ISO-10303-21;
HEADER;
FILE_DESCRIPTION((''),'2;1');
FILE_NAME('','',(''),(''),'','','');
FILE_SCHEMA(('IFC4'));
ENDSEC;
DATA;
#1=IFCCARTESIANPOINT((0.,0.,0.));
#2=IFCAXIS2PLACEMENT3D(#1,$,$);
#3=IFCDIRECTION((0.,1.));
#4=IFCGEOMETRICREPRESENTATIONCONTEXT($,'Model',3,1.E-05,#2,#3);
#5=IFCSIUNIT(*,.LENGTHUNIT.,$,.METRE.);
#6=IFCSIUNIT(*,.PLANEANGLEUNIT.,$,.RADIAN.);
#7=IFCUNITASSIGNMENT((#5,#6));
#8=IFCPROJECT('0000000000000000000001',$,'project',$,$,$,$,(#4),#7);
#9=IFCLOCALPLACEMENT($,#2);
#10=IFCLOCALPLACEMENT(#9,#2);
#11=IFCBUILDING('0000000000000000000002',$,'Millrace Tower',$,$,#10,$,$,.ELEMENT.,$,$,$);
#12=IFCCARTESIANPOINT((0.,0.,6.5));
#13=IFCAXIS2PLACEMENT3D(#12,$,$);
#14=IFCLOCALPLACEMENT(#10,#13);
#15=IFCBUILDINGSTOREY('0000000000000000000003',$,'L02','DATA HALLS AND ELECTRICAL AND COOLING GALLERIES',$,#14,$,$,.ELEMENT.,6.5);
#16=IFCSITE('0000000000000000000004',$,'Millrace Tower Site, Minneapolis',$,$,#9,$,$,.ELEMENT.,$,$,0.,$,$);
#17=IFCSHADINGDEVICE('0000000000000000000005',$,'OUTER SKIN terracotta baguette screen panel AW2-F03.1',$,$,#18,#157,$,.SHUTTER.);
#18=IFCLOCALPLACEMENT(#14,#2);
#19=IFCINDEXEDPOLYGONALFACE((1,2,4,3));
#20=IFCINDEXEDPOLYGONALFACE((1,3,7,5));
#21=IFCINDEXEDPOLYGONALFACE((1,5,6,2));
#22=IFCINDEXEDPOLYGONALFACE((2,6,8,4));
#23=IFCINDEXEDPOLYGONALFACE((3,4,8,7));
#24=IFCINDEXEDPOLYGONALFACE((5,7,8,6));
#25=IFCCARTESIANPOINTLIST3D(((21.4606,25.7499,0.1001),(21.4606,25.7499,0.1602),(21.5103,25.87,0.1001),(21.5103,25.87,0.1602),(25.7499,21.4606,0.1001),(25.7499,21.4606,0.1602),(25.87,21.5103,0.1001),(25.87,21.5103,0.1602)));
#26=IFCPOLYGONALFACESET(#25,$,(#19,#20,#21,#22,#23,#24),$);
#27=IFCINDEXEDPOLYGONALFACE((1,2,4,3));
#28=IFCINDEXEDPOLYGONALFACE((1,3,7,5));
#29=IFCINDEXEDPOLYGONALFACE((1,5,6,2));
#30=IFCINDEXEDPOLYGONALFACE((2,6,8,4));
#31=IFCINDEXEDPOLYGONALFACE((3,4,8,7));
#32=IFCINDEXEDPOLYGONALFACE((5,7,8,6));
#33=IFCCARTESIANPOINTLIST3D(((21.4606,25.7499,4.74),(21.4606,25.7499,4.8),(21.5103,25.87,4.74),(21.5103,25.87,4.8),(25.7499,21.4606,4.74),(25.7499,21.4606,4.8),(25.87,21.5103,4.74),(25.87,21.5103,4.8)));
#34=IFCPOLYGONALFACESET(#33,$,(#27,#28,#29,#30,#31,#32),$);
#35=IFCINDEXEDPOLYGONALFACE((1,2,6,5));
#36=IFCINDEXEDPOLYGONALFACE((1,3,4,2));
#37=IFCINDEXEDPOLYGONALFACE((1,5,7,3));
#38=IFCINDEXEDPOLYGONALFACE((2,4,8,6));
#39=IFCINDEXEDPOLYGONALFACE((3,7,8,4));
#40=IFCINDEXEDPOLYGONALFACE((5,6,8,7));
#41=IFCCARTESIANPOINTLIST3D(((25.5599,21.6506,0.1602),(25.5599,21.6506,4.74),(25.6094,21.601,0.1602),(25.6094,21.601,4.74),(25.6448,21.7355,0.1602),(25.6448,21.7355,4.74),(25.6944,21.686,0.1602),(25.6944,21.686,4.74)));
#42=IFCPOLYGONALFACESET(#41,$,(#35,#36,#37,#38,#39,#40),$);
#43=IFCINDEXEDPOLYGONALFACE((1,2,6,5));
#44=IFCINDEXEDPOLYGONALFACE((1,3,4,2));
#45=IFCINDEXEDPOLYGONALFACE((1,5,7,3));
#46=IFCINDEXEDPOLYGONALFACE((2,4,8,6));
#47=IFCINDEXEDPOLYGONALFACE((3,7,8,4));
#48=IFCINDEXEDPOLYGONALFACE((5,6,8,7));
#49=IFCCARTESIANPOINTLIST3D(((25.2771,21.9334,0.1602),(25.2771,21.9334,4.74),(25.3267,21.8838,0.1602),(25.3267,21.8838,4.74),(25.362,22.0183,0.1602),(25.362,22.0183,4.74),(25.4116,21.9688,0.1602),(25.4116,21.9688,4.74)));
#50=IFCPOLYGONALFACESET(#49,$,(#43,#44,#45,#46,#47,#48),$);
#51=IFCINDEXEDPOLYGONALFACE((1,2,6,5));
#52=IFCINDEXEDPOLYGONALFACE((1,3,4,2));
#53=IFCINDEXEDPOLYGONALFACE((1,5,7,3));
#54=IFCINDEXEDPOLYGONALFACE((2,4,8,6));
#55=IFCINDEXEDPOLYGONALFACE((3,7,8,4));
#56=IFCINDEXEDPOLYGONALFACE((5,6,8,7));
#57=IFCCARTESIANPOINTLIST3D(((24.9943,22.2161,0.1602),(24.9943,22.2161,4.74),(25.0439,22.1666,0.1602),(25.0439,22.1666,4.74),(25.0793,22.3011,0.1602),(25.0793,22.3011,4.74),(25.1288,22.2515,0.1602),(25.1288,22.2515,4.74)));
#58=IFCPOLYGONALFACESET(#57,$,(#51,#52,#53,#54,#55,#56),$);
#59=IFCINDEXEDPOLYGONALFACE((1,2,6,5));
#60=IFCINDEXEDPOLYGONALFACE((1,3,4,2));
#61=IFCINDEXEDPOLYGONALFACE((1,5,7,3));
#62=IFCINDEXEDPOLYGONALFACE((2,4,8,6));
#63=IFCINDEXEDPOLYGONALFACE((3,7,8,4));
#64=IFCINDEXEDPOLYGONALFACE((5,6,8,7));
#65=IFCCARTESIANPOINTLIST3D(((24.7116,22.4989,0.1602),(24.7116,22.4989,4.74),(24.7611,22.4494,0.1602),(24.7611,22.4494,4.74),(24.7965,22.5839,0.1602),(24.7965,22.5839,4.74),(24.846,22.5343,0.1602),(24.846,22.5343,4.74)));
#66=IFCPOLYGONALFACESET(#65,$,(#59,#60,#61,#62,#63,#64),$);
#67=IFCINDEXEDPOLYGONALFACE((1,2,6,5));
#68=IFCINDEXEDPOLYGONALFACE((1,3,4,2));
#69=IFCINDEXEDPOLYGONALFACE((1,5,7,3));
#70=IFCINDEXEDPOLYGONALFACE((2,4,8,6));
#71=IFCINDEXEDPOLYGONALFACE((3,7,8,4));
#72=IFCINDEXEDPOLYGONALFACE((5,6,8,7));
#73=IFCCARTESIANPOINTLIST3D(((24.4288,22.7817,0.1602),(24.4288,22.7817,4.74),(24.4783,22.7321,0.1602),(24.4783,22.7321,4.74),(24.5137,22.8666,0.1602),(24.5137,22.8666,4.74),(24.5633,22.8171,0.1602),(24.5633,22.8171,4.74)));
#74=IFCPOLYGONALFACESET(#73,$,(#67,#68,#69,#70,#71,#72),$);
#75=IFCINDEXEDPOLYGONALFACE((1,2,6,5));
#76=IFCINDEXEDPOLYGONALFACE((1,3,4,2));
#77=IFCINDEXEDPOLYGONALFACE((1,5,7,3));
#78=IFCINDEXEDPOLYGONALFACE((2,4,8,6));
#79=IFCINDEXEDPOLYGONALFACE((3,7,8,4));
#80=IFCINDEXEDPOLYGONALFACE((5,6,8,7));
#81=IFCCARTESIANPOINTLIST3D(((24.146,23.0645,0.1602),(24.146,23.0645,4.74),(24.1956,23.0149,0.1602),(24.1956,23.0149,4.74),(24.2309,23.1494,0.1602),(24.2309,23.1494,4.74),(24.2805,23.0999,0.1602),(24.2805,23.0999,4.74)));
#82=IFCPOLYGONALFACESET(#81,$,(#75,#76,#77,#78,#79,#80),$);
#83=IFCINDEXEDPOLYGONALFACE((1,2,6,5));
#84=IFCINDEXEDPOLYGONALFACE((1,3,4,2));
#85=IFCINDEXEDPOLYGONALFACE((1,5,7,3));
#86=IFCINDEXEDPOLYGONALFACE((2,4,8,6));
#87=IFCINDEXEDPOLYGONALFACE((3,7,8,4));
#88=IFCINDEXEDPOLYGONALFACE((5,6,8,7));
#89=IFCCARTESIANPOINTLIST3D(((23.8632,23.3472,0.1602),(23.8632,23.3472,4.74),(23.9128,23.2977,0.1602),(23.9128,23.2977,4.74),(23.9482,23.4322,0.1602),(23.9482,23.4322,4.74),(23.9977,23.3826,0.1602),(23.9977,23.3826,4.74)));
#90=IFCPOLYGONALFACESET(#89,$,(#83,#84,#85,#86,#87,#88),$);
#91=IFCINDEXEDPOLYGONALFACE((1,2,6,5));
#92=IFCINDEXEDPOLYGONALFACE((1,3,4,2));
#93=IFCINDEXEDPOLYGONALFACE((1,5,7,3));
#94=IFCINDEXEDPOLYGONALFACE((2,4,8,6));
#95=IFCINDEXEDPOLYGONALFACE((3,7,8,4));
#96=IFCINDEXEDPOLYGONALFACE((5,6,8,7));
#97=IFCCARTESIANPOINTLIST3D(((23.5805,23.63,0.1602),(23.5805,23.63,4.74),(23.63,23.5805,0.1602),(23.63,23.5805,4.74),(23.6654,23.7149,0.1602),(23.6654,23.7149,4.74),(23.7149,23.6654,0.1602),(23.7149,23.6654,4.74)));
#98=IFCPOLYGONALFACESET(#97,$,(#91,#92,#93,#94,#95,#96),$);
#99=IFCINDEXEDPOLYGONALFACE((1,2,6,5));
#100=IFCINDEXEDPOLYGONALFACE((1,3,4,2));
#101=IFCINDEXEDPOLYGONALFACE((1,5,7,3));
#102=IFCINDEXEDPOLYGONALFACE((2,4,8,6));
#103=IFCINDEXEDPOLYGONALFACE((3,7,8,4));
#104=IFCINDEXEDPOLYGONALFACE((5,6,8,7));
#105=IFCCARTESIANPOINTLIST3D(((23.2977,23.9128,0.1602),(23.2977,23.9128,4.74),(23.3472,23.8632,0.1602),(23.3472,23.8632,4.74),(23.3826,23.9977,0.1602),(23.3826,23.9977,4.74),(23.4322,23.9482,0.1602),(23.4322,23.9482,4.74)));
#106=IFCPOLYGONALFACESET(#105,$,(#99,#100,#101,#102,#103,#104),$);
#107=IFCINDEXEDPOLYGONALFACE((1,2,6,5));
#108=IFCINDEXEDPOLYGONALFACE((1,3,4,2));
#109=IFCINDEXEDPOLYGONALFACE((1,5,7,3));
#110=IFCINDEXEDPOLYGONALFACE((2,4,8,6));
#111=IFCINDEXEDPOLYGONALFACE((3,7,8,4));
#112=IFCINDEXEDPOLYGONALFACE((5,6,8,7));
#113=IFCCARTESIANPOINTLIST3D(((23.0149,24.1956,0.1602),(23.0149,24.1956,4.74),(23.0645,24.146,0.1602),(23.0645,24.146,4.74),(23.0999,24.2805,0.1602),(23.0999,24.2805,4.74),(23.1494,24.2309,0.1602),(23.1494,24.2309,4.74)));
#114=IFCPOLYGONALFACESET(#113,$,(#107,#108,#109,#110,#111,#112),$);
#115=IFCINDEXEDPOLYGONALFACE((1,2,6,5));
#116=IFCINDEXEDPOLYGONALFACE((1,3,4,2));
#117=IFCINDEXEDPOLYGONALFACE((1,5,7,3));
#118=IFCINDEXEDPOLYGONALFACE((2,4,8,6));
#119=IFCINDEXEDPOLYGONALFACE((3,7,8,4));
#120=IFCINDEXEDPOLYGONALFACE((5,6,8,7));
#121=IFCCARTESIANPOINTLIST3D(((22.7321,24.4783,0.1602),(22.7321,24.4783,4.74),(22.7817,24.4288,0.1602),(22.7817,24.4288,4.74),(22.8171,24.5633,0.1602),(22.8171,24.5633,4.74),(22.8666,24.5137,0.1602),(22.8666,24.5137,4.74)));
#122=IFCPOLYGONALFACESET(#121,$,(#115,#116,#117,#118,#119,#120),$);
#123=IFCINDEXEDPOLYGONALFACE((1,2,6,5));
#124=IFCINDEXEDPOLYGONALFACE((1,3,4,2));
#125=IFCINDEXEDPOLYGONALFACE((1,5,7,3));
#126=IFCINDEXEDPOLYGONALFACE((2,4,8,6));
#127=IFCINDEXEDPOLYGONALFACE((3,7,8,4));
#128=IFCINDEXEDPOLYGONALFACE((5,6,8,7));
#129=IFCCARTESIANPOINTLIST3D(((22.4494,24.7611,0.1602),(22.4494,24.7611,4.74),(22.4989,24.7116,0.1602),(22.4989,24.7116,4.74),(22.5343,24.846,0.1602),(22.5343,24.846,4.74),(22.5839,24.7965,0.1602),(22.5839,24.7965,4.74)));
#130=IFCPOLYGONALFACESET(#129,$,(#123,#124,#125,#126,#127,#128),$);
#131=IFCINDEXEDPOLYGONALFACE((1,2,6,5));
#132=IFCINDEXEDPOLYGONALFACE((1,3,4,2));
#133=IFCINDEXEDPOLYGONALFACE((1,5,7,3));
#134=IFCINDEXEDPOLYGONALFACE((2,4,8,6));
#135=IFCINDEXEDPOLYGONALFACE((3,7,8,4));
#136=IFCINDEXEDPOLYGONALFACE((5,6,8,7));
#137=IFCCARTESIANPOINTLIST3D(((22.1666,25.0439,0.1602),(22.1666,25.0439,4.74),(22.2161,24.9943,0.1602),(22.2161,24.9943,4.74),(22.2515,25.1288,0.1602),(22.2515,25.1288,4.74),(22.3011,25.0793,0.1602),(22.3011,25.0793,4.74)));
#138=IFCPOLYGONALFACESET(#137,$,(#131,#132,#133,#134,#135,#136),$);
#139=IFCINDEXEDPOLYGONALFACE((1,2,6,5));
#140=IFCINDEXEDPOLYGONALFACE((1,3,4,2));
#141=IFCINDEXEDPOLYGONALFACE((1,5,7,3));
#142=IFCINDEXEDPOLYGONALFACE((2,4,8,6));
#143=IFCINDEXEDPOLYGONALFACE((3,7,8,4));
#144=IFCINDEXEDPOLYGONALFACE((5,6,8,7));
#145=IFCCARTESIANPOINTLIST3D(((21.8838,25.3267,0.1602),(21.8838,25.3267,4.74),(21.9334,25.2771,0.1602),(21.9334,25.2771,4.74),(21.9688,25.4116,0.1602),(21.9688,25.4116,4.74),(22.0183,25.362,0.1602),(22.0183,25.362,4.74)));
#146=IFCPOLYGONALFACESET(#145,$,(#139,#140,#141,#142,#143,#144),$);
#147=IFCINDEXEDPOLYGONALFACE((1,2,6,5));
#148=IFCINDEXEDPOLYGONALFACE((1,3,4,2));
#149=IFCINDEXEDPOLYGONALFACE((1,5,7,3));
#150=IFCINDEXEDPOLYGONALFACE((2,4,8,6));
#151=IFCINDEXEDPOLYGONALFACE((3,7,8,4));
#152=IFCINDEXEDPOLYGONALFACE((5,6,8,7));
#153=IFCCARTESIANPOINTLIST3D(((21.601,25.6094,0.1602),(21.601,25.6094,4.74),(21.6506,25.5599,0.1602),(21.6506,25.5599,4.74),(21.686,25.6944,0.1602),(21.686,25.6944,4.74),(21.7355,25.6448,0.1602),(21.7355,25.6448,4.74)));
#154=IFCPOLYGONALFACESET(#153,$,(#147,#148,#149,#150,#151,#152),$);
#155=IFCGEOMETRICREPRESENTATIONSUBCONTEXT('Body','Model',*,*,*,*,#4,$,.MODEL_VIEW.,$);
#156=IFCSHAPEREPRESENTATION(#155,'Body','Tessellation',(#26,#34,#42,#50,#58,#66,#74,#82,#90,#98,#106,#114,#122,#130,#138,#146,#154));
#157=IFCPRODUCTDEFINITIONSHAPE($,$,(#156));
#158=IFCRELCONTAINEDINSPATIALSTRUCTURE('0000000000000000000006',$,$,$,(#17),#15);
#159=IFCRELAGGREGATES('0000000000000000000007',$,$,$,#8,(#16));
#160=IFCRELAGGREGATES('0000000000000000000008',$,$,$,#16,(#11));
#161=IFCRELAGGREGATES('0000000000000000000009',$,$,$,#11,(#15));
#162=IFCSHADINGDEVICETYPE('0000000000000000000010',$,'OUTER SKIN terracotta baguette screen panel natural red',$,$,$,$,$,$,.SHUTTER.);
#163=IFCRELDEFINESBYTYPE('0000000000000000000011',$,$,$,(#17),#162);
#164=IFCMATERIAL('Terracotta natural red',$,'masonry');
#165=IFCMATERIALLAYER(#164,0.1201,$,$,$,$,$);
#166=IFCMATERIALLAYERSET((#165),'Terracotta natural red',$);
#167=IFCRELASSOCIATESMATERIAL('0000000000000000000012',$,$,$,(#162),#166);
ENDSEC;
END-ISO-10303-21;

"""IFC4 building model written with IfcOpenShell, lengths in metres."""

from ifc_helpers import new_model, entity, si_unit, direction, frame, frame_2d, origin, origin_2d, place, context, subcontext, project, spatial, rectangle, extrude, source, transform, mapped, material, layer, layer_set, type_object, element, save


model = new_model("IFC4")

# Units and contexts
model_context = context("Model", 3, precision=1e-05, world=origin(), true_north=direction((0.0, 1.0)))
body_context = subcontext(model_context, "Body", "Model", "MODEL_VIEW")
ifc_project = project(units=[si_unit("LENGTHUNIT", "METRE"), si_unit("PLANEANGLEUNIT", "RADIAN")], contexts=[model_context])

# Site, building, storey
site_placement = place(None, origin())
site = spatial("IfcSite", under=ifc_project, at=site_placement, Name="Millrace Tower Site, Minneapolis", CompositionType="ELEMENT", RefElevation=0.0)
building_placement = place(site_placement, origin())
building = spatial("IfcBuilding", under=site, at=building_placement, Name="Millrace Tower", CompositionType="ELEMENT")
storey_placement = place(building_placement, frame((0.0, 0.0, 6.5)))
storey = spatial("IfcBuildingStorey", under=building, at=storey_placement, Name="L02", Description="DATA HALLS AND ELECTRICAL AND COOLING GALLERIES", CompositionType="ELEMENT", Elevation=6.5)

# Shading device
ifc_material_1 = material(Name="Terracotta natural red", Category="masonry")
ifc_layer_1 = layer(ifc_material_1, 0.1201)
ifc_layer_set_1 = layer_set([ifc_layer_1], Name="Terracotta natural red")
shading_device_type_1 = type_object("IfcShadingDeviceType", Name="OUTER SKIN terracotta baguette screen panel natural red", PredefinedType="SHUTTER", material=ifc_layer_set_1)
cartesian_point_1 = entity("IfcCartesianPoint", [-3.033, 0.0601])
shared_polyline_1 = entity("IfcPolyline", [cartesian_point_1, entity("IfcCartesianPoint", [3.033, 0.0601]), entity("IfcCartesianPoint", [3.0828, -0.0601]), entity("IfcCartesianPoint", [-3.0828, -0.0601]), cartesian_point_1])
shared_shape_1 = source(origin(), body_context, "Body", "SweptSolid", [
    entity("IfcExtrudedAreaSolid", entity("IfcArbitraryClosedProfileDef", "AREA", None, shared_polyline_1), entity("IfcAxis2Placement3D", entity("IfcCartesianPoint", [0.0, 0.0, 0.0])), entity("IfcDirection", [0.0, 0.0, 1.0]), 0.0601),
    entity("IfcExtrudedAreaSolid", entity("IfcArbitraryClosedProfileDef", "AREA", None, shared_polyline_1), entity("IfcAxis2Placement3D", entity("IfcCartesianPoint", [0.0, 0.0, 4.6399])), entity("IfcDirection", [0.0, 0.0, 1.0]), 0.0601),
    extrude(rectangle(XDim=0.0701, YDim=0.1201, at=frame_2d((-2.7993, 0.0))), frame((0.0, 0.0, 0.0601)), (0.0, 0.0, 1.0), 4.5798),
    extrude(rectangle(XDim=0.0701, YDim=0.1201, at=frame_2d((-2.3994, 0.0))), frame((0.0, 0.0, 0.0601)), (0.0, 0.0, 1.0), 4.5798),
    extrude(rectangle(XDim=0.0701, YDim=0.1201, at=frame_2d((-1.9995, 0.0))), frame((0.0, 0.0, 0.0601)), (0.0, 0.0, 1.0), 4.5798),
    extrude(rectangle(XDim=0.0701, YDim=0.1201, at=frame_2d((-1.5996, 0.0))), frame((0.0, 0.0, 0.0601)), (0.0, 0.0, 1.0), 4.5798),
    extrude(rectangle(XDim=0.0701, YDim=0.1201, at=frame_2d((-1.1997, 0.0))), frame((0.0, 0.0, 0.0601)), (0.0, 0.0, 1.0), 4.5798),
    extrude(rectangle(XDim=0.0701, YDim=0.1201, at=frame_2d((-0.7998, 0.0))), frame((0.0, 0.0, 0.0601)), (0.0, 0.0, 1.0), 4.5798),
    extrude(rectangle(XDim=0.0701, YDim=0.1201, at=frame_2d((-0.3999, 0.0))), frame((0.0, 0.0, 0.0601)), (0.0, 0.0, 1.0), 4.5798),
    extrude(rectangle(XDim=0.0701, YDim=0.1201, at=origin_2d()), frame((0.0, 0.0, 0.0601)), (0.0, 0.0, 1.0), 4.5798),
    extrude(rectangle(XDim=0.0701, YDim=0.1201, at=frame_2d((0.3999, 0.0))), frame((0.0, 0.0, 0.0601)), (0.0, 0.0, 1.0), 4.5798),
    extrude(rectangle(XDim=0.0701, YDim=0.1201, at=frame_2d((0.7998, 0.0))), frame((0.0, 0.0, 0.0601)), (0.0, 0.0, 1.0), 4.5798),
    extrude(rectangle(XDim=0.0701, YDim=0.1201, at=frame_2d((1.1997, 0.0))), frame((0.0, 0.0, 0.0601)), (0.0, 0.0, 1.0), 4.5798),
    extrude(rectangle(XDim=0.0701, YDim=0.1201, at=frame_2d((1.5996, 0.0))), frame((0.0, 0.0, 0.0601)), (0.0, 0.0, 1.0), 4.5798),
    extrude(rectangle(XDim=0.0701, YDim=0.1201, at=frame_2d((1.9995, 0.0))), frame((0.0, 0.0, 0.0601)), (0.0, 0.0, 1.0), 4.5798),
    extrude(rectangle(XDim=0.0701, YDim=0.1201, at=frame_2d((2.3994, 0.0))), frame((0.0, 0.0, 0.0601)), (0.0, 0.0, 1.0), 4.5798),
    extrude(rectangle(XDim=0.0701, YDim=0.1201, at=frame_2d((2.7993, 0.0))), frame((0.0, 0.0, 0.0601)), (0.0, 0.0, 1.0), 4.5798),
])
shading_device_1_placement = place(storey_placement, frame((23.6477, 23.6477, 0.1001), z_axis=(0.0, 0.0, 1.0), x_axis=(-0.707107, 0.707107, 0.0)))
element("IfcShadingDevice", 1, at=shading_device_1_placement, inside=storey, type_object=shading_device_type_1, Name="OUTER SKIN terracotta baguette screen panel AW2-F03.1", PredefinedType="SHUTTER", context=body_context, shape_type="MappedRepresentation", body=[
    mapped(shared_shape_1, transform((0.0, 0.0, 0.0), scale=1.0)),
])

save(model, "model.ifc")
